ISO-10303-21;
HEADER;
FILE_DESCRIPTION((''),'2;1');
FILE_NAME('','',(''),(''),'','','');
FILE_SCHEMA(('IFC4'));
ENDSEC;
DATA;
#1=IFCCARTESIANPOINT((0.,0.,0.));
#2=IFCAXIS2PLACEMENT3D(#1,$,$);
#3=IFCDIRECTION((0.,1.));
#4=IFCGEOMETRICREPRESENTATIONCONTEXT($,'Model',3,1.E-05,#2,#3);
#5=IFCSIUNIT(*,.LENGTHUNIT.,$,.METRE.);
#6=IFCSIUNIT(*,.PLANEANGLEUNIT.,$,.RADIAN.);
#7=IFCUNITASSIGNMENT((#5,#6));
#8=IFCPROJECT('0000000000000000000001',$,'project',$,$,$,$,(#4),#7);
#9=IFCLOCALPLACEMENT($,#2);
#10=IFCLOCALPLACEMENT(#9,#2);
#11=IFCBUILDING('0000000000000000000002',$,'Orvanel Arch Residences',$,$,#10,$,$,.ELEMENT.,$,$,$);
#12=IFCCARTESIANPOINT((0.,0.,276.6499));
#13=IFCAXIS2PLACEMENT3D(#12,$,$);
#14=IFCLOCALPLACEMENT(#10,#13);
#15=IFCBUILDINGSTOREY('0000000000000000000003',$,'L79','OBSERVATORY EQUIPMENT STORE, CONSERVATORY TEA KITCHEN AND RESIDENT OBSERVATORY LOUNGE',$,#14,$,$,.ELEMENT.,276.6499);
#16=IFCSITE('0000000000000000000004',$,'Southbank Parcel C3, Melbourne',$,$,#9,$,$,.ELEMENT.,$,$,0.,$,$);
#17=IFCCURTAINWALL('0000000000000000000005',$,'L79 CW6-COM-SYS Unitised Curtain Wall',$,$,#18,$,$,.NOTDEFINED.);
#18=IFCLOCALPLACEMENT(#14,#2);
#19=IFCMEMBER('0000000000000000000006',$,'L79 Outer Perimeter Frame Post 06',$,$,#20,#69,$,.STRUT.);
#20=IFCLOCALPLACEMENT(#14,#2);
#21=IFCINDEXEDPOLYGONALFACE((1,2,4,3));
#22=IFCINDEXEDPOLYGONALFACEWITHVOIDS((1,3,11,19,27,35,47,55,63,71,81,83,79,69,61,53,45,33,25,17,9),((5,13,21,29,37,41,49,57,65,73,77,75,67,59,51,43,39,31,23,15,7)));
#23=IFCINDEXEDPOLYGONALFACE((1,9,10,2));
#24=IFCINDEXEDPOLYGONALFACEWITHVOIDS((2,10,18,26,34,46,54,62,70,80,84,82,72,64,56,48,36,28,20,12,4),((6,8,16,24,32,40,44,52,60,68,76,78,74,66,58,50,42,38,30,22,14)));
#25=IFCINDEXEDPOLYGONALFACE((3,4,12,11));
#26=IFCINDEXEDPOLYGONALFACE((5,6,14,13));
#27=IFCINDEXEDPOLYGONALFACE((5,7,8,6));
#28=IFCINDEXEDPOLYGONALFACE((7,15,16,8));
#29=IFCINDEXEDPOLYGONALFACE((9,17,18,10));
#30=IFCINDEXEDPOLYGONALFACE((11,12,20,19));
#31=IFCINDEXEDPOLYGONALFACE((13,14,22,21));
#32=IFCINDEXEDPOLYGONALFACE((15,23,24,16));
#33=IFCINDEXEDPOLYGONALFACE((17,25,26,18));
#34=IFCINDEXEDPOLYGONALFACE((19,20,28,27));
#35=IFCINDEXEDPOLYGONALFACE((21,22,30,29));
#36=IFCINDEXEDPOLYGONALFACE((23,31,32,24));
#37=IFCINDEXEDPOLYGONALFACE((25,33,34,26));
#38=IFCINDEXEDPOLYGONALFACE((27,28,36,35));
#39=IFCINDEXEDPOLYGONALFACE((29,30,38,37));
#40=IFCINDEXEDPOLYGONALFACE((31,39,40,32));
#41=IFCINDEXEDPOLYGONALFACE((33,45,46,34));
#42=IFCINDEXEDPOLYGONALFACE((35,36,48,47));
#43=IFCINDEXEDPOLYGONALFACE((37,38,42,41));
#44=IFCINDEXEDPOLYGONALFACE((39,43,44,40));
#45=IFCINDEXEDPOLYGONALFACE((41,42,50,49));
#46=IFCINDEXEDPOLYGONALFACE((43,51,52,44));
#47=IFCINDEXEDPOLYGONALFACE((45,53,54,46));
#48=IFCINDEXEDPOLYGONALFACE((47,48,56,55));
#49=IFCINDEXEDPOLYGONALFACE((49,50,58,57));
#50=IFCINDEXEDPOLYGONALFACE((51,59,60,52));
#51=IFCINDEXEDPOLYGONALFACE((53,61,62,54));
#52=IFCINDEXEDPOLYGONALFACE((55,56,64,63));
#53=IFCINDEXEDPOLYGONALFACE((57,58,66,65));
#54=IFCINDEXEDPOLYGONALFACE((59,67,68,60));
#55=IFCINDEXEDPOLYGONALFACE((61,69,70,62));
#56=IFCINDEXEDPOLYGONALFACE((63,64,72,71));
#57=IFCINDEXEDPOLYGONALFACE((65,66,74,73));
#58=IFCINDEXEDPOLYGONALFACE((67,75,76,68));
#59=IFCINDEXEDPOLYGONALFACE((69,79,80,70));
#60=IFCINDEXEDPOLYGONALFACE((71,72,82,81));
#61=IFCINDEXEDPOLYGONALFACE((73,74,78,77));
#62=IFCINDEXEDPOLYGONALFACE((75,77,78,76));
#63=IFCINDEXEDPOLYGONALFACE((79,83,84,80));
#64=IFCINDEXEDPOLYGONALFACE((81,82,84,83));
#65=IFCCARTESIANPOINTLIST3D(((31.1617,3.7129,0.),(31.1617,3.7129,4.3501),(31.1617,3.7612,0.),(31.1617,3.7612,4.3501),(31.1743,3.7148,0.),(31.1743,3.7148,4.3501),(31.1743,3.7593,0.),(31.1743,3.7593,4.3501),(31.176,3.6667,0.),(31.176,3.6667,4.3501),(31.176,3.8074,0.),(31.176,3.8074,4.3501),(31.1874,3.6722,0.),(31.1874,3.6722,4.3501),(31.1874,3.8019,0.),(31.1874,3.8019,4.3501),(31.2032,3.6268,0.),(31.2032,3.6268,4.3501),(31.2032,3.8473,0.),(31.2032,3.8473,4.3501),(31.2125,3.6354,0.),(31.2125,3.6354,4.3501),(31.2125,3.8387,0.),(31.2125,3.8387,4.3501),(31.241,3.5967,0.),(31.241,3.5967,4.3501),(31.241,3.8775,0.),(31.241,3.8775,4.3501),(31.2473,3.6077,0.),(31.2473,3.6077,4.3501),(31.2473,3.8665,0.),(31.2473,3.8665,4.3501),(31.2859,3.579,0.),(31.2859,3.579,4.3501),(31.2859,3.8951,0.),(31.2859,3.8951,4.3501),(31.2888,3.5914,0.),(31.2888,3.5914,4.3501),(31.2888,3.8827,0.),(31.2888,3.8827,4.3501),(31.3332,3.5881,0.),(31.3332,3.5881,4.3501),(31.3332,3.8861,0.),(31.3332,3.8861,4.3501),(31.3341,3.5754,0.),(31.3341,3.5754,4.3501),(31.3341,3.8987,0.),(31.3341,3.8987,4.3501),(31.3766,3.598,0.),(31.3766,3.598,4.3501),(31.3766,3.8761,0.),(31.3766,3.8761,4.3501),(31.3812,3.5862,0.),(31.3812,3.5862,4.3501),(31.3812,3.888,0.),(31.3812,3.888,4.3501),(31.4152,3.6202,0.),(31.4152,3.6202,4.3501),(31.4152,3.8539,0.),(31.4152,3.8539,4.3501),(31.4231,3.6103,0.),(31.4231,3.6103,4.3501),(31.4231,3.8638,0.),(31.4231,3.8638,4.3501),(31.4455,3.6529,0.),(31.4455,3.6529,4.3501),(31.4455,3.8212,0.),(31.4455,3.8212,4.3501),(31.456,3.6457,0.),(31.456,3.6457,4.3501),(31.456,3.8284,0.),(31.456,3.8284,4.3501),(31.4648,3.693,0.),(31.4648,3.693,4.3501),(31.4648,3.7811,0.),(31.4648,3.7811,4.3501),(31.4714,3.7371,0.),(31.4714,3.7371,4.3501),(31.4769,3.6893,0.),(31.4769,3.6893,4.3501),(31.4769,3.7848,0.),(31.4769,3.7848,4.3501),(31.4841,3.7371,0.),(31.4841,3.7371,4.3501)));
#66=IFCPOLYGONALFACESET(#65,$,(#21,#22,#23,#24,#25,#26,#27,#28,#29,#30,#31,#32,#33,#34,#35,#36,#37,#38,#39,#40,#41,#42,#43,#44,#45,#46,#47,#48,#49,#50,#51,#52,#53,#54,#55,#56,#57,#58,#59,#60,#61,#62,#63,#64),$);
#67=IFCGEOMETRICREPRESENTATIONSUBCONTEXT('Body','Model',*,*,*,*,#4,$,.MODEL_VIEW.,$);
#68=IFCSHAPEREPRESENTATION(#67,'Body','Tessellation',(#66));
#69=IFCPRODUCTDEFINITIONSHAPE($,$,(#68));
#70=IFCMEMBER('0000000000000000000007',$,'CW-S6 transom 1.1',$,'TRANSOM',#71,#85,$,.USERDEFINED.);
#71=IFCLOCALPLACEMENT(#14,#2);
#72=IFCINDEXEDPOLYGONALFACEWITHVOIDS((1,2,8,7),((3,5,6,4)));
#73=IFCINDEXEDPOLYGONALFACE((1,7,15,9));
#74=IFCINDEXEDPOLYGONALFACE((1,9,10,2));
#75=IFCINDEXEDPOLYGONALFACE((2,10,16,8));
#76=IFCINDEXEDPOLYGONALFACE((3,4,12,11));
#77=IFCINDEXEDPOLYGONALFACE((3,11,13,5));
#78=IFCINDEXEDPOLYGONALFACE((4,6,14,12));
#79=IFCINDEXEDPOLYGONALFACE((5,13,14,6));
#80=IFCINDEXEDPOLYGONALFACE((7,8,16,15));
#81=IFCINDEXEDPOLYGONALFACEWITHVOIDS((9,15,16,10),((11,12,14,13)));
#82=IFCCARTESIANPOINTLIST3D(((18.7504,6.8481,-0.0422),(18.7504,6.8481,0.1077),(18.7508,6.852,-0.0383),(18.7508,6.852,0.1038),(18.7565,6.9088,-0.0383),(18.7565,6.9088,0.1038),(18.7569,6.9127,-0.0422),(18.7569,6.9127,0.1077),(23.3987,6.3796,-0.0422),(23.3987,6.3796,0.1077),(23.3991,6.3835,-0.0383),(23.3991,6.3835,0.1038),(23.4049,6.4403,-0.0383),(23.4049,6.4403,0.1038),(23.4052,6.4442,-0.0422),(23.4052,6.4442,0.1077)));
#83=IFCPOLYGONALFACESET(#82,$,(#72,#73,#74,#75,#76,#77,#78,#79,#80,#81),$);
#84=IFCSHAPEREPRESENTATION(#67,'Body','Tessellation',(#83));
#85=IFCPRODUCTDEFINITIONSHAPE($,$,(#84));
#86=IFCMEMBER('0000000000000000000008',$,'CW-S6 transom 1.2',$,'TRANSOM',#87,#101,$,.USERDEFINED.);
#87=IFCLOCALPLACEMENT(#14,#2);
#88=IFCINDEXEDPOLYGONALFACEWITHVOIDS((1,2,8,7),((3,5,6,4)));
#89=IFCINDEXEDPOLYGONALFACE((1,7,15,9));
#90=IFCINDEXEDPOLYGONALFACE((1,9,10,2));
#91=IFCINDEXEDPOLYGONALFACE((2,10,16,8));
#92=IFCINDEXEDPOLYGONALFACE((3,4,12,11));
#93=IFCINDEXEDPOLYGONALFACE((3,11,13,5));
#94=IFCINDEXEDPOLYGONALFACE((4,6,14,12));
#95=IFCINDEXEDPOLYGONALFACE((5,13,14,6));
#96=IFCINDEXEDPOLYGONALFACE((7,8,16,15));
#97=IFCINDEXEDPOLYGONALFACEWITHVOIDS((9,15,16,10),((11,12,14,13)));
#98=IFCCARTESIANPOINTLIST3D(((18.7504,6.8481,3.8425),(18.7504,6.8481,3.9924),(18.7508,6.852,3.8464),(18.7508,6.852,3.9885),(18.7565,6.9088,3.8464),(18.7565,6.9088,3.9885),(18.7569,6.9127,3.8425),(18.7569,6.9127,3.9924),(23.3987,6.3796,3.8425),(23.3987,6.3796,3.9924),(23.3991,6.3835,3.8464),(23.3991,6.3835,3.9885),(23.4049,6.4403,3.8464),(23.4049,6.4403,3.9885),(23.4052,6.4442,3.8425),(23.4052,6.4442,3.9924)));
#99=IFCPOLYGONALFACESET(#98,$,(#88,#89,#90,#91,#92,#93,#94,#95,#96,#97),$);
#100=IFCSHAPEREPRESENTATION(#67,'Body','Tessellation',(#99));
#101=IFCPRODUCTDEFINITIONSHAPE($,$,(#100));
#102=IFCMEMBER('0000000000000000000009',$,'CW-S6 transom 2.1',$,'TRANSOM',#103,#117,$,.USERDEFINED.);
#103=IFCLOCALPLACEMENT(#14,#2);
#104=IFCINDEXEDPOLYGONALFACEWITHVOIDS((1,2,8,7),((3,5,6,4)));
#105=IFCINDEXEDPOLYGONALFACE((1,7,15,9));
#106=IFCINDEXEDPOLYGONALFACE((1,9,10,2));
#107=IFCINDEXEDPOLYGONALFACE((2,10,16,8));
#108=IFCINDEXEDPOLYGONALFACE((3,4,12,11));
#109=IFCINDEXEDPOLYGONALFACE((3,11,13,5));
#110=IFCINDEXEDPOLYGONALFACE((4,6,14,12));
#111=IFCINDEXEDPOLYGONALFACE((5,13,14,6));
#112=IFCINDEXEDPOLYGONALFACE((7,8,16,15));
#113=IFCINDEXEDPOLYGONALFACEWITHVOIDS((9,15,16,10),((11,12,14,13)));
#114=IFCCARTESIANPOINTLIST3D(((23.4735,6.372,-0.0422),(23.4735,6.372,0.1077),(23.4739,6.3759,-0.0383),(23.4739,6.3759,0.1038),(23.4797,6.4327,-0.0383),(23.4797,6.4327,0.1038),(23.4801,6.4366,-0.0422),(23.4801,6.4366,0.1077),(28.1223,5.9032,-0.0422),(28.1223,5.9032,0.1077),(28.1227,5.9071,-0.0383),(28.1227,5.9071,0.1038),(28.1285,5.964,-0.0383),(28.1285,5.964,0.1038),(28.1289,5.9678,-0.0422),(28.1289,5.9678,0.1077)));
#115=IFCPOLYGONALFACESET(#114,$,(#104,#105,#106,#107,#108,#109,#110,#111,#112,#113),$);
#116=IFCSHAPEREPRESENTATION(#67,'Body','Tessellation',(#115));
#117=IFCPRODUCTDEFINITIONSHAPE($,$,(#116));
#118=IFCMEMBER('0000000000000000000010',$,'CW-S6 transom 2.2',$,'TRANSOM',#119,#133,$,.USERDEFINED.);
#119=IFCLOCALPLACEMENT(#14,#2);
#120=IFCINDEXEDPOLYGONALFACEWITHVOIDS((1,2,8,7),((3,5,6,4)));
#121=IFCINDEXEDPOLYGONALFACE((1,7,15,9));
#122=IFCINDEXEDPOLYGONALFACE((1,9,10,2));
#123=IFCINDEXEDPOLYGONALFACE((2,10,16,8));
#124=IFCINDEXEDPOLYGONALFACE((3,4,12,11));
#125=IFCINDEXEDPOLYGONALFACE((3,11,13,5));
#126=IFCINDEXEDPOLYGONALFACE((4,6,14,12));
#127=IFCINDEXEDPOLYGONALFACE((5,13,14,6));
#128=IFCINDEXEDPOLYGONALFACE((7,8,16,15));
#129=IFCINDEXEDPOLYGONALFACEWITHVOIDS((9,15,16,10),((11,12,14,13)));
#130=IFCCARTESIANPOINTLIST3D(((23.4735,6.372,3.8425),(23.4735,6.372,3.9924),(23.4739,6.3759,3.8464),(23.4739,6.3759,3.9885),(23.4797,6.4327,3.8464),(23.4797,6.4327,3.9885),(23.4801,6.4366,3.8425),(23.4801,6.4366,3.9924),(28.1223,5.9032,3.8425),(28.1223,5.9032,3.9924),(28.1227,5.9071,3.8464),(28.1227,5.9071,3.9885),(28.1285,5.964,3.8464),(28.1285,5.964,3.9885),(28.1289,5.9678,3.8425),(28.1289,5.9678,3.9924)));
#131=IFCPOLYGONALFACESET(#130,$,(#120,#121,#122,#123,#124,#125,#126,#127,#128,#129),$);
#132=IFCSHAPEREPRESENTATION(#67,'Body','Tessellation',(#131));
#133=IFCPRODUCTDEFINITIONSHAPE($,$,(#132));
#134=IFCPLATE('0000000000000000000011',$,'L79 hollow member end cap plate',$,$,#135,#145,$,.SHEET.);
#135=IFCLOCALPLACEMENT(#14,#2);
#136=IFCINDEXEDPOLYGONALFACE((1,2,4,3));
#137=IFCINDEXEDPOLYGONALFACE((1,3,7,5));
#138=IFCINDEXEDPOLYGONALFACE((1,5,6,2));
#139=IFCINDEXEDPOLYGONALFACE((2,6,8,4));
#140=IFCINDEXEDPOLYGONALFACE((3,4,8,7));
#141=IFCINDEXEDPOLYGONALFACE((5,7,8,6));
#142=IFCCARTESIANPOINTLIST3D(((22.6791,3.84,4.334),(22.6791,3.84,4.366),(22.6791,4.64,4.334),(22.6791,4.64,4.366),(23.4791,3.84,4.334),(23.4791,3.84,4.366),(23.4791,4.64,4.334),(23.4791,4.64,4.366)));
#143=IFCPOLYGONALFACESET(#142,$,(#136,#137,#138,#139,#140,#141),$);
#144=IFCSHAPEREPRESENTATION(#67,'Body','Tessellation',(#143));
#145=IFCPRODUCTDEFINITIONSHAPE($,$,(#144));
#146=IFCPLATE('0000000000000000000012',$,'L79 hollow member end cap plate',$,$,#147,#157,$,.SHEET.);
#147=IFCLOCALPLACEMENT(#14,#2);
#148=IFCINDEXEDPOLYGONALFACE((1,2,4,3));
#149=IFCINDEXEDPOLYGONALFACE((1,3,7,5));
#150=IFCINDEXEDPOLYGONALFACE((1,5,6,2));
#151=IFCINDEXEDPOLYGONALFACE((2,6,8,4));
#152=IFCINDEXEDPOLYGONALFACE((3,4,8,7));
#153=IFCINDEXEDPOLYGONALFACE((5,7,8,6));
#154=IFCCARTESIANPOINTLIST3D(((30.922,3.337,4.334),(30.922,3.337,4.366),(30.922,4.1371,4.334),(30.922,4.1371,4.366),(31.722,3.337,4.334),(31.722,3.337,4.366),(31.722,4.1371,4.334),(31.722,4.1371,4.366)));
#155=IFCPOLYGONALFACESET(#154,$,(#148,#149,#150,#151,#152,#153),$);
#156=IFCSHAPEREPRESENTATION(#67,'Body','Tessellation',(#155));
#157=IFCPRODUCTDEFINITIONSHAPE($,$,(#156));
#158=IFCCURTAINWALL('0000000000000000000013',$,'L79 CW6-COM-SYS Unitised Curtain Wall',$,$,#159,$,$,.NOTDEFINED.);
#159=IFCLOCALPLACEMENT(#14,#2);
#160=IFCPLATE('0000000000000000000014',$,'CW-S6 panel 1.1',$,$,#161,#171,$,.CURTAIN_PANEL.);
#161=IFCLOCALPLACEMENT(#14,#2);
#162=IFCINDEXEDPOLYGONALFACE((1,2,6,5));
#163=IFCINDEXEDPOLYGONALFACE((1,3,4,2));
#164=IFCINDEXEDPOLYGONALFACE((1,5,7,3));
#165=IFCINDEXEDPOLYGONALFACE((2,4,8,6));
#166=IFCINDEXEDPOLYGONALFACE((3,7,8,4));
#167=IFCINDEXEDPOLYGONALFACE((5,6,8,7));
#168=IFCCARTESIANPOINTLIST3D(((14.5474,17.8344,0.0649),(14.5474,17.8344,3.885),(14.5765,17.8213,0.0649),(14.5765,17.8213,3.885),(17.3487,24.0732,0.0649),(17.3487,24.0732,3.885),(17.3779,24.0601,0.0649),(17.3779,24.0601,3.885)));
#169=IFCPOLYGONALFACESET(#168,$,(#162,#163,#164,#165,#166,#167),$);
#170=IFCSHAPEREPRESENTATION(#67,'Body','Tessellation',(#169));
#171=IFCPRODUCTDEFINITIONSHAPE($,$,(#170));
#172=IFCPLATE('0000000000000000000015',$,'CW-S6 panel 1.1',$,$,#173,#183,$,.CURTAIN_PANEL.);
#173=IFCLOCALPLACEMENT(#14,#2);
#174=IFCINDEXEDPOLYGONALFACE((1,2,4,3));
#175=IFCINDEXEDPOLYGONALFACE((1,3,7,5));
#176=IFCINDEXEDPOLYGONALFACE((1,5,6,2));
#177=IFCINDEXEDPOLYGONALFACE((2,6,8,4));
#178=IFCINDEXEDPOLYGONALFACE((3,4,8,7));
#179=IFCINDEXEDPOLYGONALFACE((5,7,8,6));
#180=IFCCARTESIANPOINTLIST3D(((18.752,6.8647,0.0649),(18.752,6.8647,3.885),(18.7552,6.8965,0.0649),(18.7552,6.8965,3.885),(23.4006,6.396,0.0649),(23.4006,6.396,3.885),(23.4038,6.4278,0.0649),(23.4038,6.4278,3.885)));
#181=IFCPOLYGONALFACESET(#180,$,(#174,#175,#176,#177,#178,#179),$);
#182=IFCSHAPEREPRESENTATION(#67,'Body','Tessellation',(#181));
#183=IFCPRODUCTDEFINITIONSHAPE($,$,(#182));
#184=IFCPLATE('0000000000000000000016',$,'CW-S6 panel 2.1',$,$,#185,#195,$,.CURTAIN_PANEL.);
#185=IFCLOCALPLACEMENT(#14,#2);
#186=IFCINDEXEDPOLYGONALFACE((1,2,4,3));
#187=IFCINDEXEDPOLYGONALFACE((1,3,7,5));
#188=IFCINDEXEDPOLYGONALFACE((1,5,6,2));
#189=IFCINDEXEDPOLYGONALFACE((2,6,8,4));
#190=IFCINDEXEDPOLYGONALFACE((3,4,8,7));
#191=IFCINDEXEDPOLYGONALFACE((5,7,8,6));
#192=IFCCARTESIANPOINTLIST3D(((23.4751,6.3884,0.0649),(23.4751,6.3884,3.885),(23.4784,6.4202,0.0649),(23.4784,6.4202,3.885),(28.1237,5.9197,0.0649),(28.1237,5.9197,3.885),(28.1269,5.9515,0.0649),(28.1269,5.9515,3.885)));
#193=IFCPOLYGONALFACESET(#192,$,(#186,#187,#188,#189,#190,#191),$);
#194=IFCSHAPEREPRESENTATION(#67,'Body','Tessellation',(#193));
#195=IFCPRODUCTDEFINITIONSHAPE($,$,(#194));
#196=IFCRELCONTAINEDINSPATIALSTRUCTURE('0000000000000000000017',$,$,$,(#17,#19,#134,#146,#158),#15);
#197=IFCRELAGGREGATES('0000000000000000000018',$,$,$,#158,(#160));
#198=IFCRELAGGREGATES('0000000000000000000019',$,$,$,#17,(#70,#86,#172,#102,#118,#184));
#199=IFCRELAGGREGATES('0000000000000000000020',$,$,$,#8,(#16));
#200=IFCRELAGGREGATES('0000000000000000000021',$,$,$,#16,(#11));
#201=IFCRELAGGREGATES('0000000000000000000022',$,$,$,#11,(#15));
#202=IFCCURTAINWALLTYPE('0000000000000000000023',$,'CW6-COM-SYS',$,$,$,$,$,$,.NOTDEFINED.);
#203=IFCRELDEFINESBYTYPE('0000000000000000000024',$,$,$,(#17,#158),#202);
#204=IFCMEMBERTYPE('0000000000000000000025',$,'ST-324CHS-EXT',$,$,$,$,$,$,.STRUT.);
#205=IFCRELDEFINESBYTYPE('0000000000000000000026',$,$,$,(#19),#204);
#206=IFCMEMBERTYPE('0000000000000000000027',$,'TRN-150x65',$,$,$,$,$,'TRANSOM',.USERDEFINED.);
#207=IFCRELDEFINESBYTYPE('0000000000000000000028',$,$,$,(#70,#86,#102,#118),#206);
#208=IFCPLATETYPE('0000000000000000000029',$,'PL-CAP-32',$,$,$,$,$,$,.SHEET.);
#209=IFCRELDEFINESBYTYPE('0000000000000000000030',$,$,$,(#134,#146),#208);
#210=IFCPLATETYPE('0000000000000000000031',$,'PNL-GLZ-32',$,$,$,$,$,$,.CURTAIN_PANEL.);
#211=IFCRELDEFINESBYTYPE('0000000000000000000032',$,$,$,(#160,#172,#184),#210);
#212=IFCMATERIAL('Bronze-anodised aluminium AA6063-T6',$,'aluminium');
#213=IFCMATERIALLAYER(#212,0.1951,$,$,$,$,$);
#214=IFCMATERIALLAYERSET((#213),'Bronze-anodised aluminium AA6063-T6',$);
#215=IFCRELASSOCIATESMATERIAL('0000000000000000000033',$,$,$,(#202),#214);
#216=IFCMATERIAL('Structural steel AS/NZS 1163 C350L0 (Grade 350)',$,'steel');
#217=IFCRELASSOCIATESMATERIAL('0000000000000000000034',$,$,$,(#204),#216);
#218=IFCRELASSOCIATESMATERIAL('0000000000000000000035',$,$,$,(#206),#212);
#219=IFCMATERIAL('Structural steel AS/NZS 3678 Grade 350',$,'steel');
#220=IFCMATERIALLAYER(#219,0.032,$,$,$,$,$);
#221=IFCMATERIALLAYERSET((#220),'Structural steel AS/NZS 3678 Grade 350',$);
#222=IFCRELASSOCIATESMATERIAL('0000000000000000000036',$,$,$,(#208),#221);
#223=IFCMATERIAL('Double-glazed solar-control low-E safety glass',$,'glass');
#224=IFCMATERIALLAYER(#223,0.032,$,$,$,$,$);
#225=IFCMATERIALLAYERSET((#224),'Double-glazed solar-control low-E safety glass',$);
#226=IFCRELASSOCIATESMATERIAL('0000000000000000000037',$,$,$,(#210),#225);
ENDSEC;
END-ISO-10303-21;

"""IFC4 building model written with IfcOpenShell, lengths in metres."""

from ifc_helpers import new_model, si_unit, direction, frame, origin, origin_2d, place, context, subcontext, project, spatial, rectangle, hollow_rectangle, hollow_circle, extrude, material, layer, layer_set, material_profile, profile_set, type_object, element, aggregate, save


model = new_model("IFC4")

# Units and contexts
model_context = context("Model", 3, precision=1e-05, world=origin(), true_north=direction((0.0, 1.0)))
body_context = subcontext(model_context, "Body", "Model", "MODEL_VIEW")
ifc_project = project(units=[si_unit("LENGTHUNIT", "METRE"), si_unit("PLANEANGLEUNIT", "RADIAN")], contexts=[model_context])

# Site, building, storey
site_placement = place(None, origin())
site = spatial("IfcSite", under=ifc_project, at=site_placement, Name="Southbank Parcel C3, Melbourne", CompositionType="ELEMENT", RefElevation=0.0)
building_placement = place(site_placement, origin())
building = spatial("IfcBuilding", under=site, at=building_placement, Name="Orvanel Arch Residences", CompositionType="ELEMENT")
storey_placement = place(building_placement, frame((0.0, 0.0, 276.6499)))
storey = spatial("IfcBuildingStorey", under=building, at=storey_placement, Name="L79", Description="OBSERVATORY EQUIPMENT STORE, CONSERVATORY TEA KITCHEN AND RESIDENT OBSERVATORY LOUNGE", CompositionType="ELEMENT", Elevation=276.6499)

# Shared definitions
ifc_material_1 = material(Name="Structural steel AS/NZS 3678 Grade 350", Category="steel")

# Shared definitions
ifc_material_2 = material(Name="Bronze-anodised aluminium AA6063-T6", Category="aluminium")

# Curtain wall
ifc_layer_1 = layer(ifc_material_2, 0.1951)
ifc_layer_set_1 = layer_set([ifc_layer_1], Name="Bronze-anodised aluminium AA6063-T6")
curtain_wall_type_1 = type_object("IfcCurtainWallType", Name="CW6-COM-SYS", PredefinedType="NOTDEFINED", material=ifc_layer_set_1)
curtain_wall_1_placement = place(storey_placement, origin())
curtain_wall_1 = element("IfcCurtainWall", 1, at=curtain_wall_1_placement, inside=storey, type_object=curtain_wall_type_1, Name="L79 CW6-COM-SYS Unitised Curtain Wall", PredefinedType="NOTDEFINED")

# Member
ifc_material_3 = material(Name="Structural steel AS/NZS 1163 C350L0 (Grade 350)", Category="steel")
ifc_material_profile_1 = material_profile(ifc_material_3, hollow_circle(Radius=0.1621, WallThickness=0.0127, at=origin_2d()), Name="CHS324x12.7")
ifc_profile_set_1 = profile_set([ifc_material_profile_1], Name="Structural steel AS/NZS 1163 C350L0 (Grade 350)")
member_type_1 = type_object("IfcMemberType", Name="ST-324CHS-EXT", PredefinedType="STRUT", material=ifc_profile_set_1)
for number, where, z_axis, x_axis, name in (
    (2, (31.322, 3.7371, 0.0), (0.0, 0.0, 1.0), (1.0, 0.0, 0.0), "L79 Outer Perimeter Frame Post 06"),
):
    element("IfcMember", number, at=place(storey_placement, frame(where, z_axis=z_axis, x_axis=x_axis)), inside=storey, type_object=member_type_1, Name=name, PredefinedType="STRUT", context=body_context, shape_type="SweptSolid", body=[
        extrude(hollow_circle(Radius=0.1621, WallThickness=0.0127, at=origin_2d()), origin(), (0.0, 0.0, 1.0), 4.3501),
    ])

# Members
ifc_material_profile_2 = material_profile(ifc_material_2, hollow_rectangle(XDim=0.0649, YDim=0.1499, WallThickness=0.0039, at=origin_2d()), Name="ALU150x65x4")
ifc_profile_set_2 = profile_set([ifc_material_profile_2], Name="Bronze-anodised aluminium AA6063-T6")
member_type_2 = type_object("IfcMemberType", Name="TRN-150x65", ElementType="TRANSOM", PredefinedType="USERDEFINED", material=ifc_profile_set_2)
member_1_placement = place(storey_placement, frame((18.7537, 6.8804, 0.0327), z_axis=(0.994959, -0.10028, 0.0), x_axis=(0.10028, 0.994959, 0.0)))
member_1 = element("IfcMember", 3, at=member_1_placement, type_object=member_type_2, Name="CW-S6 transom 1.1", ObjectType="TRANSOM", PredefinedType="USERDEFINED", context=body_context, shape_type="SweptSolid", body=[
    extrude(hollow_rectangle(XDim=0.0649, YDim=0.1499, WallThickness=0.0039, at=origin_2d()), origin(), (0.0, 0.0, 1.0), 4.6719),
])
member_2_placement = place(storey_placement, frame((18.7537, 6.8804, 3.9175), z_axis=(0.994959, -0.10028, 0.0), x_axis=(0.10028, 0.994959, 0.0)))
member_2 = element("IfcMember", 4, at=member_2_placement, type_object=member_type_2, Name="CW-S6 transom 1.2", ObjectType="TRANSOM", PredefinedType="USERDEFINED", context=body_context, shape_type="SweptSolid", body=[
    extrude(hollow_rectangle(XDim=0.0649, YDim=0.1499, WallThickness=0.0039, at=origin_2d()), origin(), (0.0, 0.0, 1.0), 4.6719),
])
member_3_placement = place(storey_placement, frame((23.4768, 6.4043, 0.0327), z_axis=(0.994955, -0.100326, 0.0), x_axis=(0.100326, 0.994955, 0.0)))
member_3 = element("IfcMember", 5, at=member_3_placement, type_object=member_type_2, Name="CW-S6 transom 2.1", ObjectType="TRANSOM", PredefinedType="USERDEFINED", context=body_context, shape_type="SweptSolid", body=[
    extrude(hollow_rectangle(XDim=0.0649, YDim=0.1499, WallThickness=0.0039, at=origin_2d()), origin(), (0.0, 0.0, 1.0), 4.6724),
])
member_4_placement = place(storey_placement, frame((23.4768, 6.4043, 3.9175), z_axis=(0.994955, -0.100326, 0.0), x_axis=(0.100326, 0.994955, 0.0)))
member_4 = element("IfcMember", 6, at=member_4_placement, type_object=member_type_2, Name="CW-S6 transom 2.2", ObjectType="TRANSOM", PredefinedType="USERDEFINED", context=body_context, shape_type="SweptSolid", body=[
    extrude(hollow_rectangle(XDim=0.0649, YDim=0.1499, WallThickness=0.0039, at=origin_2d()), origin(), (0.0, 0.0, 1.0), 4.6724),
])

# Plates
ifc_layer_2 = layer(ifc_material_1, 0.032)
ifc_layer_set_2 = layer_set([ifc_layer_2], Name="Structural steel AS/NZS 3678 Grade 350")
plate_type_1 = type_object("IfcPlateType", Name="PL-CAP-32", PredefinedType="SHEET", material=ifc_layer_set_2)
for number, where, z_axis, x_axis, name in (
    (7, (23.0791, 4.24, 4.334), (0.0, 0.0, 1.0), (1.0, 0.0, 0.0), "L79 hollow member end cap plate"),
    (8, (31.322, 3.7371, 4.334), (0.0, 0.0, 1.0), (1.0, 0.0, 0.0), "L79 hollow member end cap plate"),
):
    element("IfcPlate", number, at=place(storey_placement, frame(where, z_axis=z_axis, x_axis=x_axis)), inside=storey, type_object=plate_type_1, Name=name, PredefinedType="SHEET", context=body_context, shape_type="SweptSolid", body=[
        extrude(rectangle(XDim=0.8, YDim=0.8, at=origin_2d()), origin(), (0.0, 0.0, 1.0), 0.032),
    ])

# Curtain wall, plate
curtain_wall_2_placement = place(storey_placement, origin())
curtain_wall_2 = element("IfcCurtainWall", 9, at=curtain_wall_2_placement, inside=storey, type_object=curtain_wall_type_1, Name="L79 CW6-COM-SYS Unitised Curtain Wall", PredefinedType="NOTDEFINED")
ifc_material_4 = material(Name="Double-glazed solar-control low-E safety glass", Category="glass")
ifc_layer_3 = layer(ifc_material_4, 0.032)
ifc_layer_set_3 = layer_set([ifc_layer_3], Name="Double-glazed solar-control low-E safety glass")
plate_type_2 = type_object("IfcPlateType", Name="PNL-GLZ-32", PredefinedType="CURTAIN_PANEL", material=ifc_layer_set_3)
plate_1_placement = place(storey_placement, frame((15.9626, 20.9473, 0.0649), z_axis=(0.0, 0.0, 1.0), x_axis=(-0.409626, -0.912254, 0.0)))
plate_1 = element("IfcPlate", 10, at=plate_1_placement, type_object=plate_type_2, Name="CW-S6 panel 1.1", PredefinedType="CURTAIN_PANEL", context=body_context, shape_type="SweptSolid", body=[
    extrude(rectangle(XDim=6.8389, YDim=0.032, at=origin_2d()), origin(), (0.0, 0.0, 1.0), 3.8201),
])
aggregate(curtain_wall_2, [plate_1])

# Plates
plate_2_placement = place(storey_placement, frame((21.0779, 6.6462, 0.0649), z_axis=(0.0, 0.0, 1.0), x_axis=(0.994955, -0.100321, 0.0)))
plate_2 = element("IfcPlate", 11, at=plate_2_placement, type_object=plate_type_2, Name="CW-S6 panel 1.1", PredefinedType="CURTAIN_PANEL", context=body_context, shape_type="SweptSolid", body=[
    extrude(rectangle(XDim=4.6721, YDim=0.032, at=origin_2d()), origin(), (0.0, 0.0, 1.0), 3.8201),
])
plate_3_placement = place(storey_placement, frame((25.801, 6.1699, 0.0649), z_axis=(0.0, 0.0, 1.0), x_axis=(0.994955, -0.100321, 0.0)))
plate_3 = element("IfcPlate", 12, at=plate_3_placement, type_object=plate_type_2, Name="CW-S6 panel 2.1", PredefinedType="CURTAIN_PANEL", context=body_context, shape_type="SweptSolid", body=[
    extrude(rectangle(XDim=4.6721, YDim=0.032, at=origin_2d()), origin(), (0.0, 0.0, 1.0), 3.8201),
])
aggregate(curtain_wall_1, [member_1, member_2, plate_2, member_3, member_4, plate_3])

save(model, "model.ifc")
